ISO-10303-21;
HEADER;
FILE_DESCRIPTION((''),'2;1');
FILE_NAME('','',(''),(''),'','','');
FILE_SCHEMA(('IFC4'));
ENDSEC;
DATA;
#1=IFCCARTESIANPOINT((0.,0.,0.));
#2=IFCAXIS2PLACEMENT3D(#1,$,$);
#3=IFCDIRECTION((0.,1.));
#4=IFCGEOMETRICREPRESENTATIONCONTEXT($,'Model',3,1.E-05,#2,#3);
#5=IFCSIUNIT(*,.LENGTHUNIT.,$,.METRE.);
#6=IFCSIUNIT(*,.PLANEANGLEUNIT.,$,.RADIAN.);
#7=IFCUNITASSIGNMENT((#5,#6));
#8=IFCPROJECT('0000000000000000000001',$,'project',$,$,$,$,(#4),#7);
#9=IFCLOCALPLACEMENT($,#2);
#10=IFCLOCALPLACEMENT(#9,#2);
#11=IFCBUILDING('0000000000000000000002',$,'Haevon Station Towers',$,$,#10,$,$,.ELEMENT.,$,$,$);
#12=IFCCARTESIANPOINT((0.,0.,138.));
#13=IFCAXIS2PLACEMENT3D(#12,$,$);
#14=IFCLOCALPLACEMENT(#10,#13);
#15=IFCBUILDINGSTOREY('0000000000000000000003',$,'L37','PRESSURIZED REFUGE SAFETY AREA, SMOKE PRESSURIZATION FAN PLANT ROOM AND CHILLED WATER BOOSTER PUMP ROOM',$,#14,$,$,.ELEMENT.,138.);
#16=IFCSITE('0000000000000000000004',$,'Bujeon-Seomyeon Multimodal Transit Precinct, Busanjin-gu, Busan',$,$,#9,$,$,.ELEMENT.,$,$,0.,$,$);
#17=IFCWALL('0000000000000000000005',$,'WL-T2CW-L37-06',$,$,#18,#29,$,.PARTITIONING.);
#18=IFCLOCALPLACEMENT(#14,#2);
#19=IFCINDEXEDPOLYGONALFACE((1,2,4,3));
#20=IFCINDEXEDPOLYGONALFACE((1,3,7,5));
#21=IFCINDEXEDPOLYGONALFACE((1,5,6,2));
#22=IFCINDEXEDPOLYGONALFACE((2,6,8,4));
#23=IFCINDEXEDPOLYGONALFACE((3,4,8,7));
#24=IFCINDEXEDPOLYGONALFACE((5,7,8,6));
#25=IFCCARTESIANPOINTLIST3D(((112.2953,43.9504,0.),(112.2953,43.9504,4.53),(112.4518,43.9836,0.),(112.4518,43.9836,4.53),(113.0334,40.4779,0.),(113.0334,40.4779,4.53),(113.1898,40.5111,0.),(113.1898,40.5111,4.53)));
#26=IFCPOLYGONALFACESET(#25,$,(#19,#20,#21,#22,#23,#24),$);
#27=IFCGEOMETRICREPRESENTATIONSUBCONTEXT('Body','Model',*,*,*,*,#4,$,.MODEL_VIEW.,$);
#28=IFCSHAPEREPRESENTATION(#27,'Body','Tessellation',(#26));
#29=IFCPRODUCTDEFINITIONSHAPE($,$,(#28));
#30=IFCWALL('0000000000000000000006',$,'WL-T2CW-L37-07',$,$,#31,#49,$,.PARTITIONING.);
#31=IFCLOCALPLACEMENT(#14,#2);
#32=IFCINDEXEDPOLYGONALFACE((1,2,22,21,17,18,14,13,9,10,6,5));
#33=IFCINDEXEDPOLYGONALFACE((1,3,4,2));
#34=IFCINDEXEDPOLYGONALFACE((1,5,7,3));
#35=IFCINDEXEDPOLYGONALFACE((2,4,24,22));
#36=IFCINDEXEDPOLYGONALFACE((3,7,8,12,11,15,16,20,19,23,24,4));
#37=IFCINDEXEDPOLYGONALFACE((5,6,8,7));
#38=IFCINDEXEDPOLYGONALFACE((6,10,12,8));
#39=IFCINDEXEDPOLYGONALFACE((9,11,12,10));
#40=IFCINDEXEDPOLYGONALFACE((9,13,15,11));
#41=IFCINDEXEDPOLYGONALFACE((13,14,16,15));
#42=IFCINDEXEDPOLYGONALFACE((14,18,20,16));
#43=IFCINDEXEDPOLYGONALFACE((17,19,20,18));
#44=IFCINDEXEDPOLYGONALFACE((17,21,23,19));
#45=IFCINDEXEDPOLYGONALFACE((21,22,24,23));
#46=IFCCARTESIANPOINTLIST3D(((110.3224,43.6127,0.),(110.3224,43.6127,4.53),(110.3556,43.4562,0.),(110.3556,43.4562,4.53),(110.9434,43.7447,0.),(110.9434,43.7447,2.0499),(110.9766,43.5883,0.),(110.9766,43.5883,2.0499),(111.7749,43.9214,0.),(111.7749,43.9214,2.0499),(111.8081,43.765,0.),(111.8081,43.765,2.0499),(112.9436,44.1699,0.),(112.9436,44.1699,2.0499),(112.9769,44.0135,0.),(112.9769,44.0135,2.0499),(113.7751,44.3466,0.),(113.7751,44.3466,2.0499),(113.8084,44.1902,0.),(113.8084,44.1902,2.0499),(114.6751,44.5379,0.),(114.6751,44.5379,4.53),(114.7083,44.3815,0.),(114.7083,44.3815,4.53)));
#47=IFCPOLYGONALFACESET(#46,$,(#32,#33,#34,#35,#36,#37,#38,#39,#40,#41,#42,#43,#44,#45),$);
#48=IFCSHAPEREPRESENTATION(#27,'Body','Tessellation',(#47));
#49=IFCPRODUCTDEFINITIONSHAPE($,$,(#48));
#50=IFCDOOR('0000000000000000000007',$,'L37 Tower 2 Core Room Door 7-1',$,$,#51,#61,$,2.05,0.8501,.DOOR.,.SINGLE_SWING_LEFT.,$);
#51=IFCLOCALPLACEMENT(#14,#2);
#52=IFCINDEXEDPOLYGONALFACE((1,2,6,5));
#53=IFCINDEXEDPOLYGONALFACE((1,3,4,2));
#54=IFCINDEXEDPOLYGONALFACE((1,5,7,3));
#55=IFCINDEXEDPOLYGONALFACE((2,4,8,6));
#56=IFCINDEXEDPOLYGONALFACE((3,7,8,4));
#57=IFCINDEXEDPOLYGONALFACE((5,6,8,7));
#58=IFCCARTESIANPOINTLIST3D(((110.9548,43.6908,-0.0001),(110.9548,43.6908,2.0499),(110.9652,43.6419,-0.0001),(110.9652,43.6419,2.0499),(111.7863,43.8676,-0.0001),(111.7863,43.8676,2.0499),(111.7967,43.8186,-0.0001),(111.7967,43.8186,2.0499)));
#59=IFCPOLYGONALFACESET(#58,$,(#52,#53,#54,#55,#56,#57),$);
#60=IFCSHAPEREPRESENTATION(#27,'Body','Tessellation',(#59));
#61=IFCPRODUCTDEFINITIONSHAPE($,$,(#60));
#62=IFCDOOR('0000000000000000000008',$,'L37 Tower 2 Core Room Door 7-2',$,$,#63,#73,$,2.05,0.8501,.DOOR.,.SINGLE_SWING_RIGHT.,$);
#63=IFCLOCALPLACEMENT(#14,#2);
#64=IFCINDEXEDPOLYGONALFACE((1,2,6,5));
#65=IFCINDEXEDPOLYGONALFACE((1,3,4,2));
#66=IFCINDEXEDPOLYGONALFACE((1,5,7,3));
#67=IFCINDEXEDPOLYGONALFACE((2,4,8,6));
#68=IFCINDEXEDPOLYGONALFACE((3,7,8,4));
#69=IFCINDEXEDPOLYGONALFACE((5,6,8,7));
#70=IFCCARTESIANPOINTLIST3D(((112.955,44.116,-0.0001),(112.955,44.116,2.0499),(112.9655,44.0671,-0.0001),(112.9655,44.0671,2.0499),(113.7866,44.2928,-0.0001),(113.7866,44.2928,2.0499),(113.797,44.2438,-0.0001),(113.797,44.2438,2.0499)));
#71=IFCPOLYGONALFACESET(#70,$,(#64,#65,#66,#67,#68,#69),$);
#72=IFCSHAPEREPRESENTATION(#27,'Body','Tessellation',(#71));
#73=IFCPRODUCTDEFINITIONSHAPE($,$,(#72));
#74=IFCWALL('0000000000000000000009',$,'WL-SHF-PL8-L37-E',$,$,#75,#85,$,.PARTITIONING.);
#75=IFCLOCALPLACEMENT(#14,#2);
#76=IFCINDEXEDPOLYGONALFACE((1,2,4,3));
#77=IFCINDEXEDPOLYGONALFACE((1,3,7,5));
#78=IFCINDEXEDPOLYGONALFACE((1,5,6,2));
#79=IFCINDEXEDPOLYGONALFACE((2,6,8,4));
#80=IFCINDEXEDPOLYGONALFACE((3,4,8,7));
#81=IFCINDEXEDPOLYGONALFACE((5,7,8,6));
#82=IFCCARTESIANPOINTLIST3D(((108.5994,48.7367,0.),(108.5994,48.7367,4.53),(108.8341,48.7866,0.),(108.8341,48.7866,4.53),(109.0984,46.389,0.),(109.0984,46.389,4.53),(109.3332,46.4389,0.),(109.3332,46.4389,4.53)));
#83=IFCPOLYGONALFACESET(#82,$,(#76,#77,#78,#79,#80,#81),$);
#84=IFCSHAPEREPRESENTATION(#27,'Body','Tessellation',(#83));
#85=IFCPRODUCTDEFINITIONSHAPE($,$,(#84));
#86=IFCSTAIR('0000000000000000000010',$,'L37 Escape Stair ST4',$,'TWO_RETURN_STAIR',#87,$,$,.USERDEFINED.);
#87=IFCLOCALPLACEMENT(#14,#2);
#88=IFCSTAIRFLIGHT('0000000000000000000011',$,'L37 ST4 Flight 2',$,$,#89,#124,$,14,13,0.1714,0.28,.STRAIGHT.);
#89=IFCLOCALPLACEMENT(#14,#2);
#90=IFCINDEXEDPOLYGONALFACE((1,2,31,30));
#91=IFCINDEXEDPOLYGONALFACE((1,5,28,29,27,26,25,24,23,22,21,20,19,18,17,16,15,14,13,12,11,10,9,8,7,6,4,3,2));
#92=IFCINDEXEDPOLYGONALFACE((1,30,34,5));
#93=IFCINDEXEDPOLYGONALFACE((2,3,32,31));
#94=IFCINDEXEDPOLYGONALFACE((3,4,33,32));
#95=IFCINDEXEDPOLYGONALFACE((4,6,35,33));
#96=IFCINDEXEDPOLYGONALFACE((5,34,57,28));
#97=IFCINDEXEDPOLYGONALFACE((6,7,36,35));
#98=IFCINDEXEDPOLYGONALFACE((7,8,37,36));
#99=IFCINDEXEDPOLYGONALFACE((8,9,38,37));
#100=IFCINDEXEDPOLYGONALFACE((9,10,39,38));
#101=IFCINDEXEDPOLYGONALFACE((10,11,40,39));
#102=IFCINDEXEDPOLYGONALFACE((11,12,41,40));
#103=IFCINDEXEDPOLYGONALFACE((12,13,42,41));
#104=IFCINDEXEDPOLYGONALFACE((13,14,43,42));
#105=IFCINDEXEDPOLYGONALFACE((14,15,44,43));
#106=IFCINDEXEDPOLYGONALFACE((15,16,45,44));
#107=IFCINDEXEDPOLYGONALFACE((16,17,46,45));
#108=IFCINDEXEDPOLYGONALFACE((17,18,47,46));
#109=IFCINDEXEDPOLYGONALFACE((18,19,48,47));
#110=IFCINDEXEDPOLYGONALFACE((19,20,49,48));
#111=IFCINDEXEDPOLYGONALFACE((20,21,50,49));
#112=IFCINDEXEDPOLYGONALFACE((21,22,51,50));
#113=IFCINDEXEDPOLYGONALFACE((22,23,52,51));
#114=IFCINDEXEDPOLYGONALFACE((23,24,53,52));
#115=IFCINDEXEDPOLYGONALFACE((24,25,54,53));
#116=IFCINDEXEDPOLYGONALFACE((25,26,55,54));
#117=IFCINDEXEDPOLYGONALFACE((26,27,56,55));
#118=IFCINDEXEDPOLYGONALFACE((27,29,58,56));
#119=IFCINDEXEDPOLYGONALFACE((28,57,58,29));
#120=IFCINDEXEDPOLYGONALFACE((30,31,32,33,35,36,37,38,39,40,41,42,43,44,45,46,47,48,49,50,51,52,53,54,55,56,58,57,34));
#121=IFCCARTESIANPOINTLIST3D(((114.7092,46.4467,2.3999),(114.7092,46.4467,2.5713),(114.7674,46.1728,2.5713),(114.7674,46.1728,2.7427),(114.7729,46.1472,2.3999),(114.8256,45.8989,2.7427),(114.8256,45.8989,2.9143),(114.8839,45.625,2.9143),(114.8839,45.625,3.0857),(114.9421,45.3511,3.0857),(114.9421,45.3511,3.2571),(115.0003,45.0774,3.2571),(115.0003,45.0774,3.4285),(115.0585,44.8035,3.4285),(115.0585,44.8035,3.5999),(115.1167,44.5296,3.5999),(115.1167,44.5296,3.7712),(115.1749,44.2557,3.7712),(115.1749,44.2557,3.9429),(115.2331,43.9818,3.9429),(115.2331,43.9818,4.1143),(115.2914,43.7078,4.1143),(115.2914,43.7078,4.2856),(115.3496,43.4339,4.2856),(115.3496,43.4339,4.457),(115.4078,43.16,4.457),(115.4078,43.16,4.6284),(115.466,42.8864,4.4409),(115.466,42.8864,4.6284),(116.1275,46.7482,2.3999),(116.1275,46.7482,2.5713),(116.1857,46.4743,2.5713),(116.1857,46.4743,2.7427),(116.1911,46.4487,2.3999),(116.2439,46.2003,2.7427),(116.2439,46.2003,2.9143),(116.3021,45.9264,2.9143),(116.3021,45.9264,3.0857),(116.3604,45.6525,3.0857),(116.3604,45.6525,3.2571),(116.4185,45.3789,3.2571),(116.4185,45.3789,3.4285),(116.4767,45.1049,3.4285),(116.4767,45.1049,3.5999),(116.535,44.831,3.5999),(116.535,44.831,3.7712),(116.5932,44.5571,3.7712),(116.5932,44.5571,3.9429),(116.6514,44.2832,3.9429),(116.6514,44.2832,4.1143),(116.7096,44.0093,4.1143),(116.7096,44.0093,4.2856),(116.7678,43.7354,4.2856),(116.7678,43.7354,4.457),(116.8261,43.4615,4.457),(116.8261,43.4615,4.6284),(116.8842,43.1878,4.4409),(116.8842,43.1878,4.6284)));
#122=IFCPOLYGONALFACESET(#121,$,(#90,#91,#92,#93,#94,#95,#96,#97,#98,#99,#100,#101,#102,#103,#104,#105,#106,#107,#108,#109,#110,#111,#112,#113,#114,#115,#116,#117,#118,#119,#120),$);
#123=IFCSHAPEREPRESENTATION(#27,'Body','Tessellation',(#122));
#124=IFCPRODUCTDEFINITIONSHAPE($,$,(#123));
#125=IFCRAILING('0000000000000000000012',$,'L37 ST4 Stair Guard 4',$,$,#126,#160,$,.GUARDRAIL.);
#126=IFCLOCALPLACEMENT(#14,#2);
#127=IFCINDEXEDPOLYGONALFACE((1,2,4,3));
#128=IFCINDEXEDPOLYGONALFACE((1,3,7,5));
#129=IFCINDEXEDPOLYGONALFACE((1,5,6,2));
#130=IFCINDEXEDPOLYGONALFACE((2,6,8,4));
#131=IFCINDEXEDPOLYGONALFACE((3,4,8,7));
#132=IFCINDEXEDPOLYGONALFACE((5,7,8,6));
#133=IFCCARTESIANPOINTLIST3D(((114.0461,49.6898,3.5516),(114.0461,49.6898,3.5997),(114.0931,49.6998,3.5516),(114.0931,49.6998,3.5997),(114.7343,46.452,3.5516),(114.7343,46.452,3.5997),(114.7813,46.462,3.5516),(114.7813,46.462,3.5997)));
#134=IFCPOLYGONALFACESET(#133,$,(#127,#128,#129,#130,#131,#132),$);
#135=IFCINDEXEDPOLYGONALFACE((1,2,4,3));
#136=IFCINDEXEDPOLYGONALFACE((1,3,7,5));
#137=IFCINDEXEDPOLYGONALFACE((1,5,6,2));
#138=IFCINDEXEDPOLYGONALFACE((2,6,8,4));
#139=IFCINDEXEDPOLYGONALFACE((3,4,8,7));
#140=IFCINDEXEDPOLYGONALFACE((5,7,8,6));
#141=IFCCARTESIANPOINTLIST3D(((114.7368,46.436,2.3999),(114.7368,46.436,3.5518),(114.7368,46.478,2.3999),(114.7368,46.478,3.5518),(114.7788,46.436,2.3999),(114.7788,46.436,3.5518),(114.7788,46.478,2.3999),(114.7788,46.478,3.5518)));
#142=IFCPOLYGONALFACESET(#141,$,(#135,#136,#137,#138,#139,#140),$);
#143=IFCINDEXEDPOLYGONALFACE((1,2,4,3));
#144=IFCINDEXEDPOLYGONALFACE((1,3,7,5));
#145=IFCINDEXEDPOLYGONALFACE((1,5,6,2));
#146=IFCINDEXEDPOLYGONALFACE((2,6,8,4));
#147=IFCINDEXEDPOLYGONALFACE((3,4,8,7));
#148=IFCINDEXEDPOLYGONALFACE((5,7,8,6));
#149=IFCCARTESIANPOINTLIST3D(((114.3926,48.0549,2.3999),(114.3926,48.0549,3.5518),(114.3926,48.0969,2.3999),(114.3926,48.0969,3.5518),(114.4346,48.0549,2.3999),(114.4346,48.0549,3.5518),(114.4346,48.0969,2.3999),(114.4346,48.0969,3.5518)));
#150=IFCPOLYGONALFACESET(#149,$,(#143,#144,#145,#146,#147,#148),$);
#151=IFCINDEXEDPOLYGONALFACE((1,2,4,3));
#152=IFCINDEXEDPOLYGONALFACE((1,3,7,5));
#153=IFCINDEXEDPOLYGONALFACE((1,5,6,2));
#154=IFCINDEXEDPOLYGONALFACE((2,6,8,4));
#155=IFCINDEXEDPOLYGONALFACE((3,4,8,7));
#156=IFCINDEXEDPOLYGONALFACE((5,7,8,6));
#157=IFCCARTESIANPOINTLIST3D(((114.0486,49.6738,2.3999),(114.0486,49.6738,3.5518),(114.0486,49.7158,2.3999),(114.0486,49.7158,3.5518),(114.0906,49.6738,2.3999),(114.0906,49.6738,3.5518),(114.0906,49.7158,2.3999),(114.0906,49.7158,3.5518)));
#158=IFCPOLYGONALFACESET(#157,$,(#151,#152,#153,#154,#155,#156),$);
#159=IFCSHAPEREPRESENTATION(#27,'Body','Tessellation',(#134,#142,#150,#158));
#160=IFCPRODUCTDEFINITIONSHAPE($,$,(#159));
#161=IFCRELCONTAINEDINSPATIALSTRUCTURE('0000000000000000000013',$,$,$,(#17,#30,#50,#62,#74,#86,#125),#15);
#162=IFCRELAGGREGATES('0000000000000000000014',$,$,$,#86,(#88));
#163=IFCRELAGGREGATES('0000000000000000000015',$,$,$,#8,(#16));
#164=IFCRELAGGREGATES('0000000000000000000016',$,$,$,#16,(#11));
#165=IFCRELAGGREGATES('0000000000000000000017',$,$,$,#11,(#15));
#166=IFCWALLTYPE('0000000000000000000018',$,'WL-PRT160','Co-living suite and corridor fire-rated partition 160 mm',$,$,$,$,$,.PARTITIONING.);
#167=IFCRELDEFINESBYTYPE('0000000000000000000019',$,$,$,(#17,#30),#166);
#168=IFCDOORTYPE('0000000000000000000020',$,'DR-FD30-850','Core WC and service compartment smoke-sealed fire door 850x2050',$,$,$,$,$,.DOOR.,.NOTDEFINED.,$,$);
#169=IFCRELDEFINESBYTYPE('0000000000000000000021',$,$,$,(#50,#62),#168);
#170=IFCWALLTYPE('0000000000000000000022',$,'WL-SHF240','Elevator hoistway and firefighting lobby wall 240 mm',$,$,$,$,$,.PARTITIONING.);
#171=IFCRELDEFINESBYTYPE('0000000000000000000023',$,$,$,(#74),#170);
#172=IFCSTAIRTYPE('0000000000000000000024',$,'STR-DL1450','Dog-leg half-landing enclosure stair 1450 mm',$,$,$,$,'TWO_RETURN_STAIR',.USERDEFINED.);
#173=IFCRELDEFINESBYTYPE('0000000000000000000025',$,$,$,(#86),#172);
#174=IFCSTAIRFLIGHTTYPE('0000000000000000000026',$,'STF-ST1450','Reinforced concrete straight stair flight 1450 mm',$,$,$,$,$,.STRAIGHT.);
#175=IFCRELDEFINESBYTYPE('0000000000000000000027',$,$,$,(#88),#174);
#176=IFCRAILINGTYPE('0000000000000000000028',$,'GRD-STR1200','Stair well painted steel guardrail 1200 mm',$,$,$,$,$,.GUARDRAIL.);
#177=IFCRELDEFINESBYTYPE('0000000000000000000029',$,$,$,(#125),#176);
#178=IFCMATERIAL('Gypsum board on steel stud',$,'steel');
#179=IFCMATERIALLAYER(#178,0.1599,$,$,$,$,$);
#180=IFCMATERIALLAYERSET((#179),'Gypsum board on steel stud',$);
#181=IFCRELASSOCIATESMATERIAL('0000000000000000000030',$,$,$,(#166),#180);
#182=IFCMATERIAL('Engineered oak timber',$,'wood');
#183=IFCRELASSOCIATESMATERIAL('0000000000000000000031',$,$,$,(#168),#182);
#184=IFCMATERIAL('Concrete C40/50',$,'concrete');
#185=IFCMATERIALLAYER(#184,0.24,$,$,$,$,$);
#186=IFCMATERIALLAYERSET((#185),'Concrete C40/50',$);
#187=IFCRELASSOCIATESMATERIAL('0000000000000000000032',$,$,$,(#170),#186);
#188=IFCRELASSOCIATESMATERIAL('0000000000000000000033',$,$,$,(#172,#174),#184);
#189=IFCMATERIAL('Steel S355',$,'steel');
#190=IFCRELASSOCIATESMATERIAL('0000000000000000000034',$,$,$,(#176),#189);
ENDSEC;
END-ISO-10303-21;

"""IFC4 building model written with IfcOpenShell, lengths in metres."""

from ifc_helpers import new_model, si_unit, direction, frame, frame_2d, origin, origin_2d, place, context, subcontext, project, spatial, polyline, rectangle, outline, extrude, material, layer, layer_set, type_object, element, fill, aggregate, save


model = new_model("IFC4")

# Units and contexts
model_context = context("Model", 3, precision=1e-05, world=origin(), true_north=direction((0.0, 1.0)))
body_context = subcontext(model_context, "Body", "Model", "MODEL_VIEW")
ifc_project = project(units=[si_unit("LENGTHUNIT", "METRE"), si_unit("PLANEANGLEUNIT", "RADIAN")], contexts=[model_context])

# Site, building, storey
site_placement = place(None, origin())
site = spatial("IfcSite", under=ifc_project, at=site_placement, Name="Bujeon-Seomyeon Multimodal Transit Precinct, Busanjin-gu, Busan", CompositionType="ELEMENT", RefElevation=0.0)
building_placement = place(site_placement, origin())
building = spatial("IfcBuilding", under=site, at=building_placement, Name="Haevon Station Towers", CompositionType="ELEMENT")
storey_placement = place(building_placement, frame((0.0, 0.0, 138.0)))
storey = spatial("IfcBuildingStorey", under=building, at=storey_placement, Name="L37", Description="PRESSURIZED REFUGE SAFETY AREA, SMOKE PRESSURIZATION FAN PLANT ROOM AND CHILLED WATER BOOSTER PUMP ROOM", CompositionType="ELEMENT", Elevation=138.0)

# Shared definitions
ifc_material_1 = material(Name="Steel S355", Category="steel")

# Shared definitions
ifc_material_2 = material(Name="Gypsum board on steel stud", Category="steel")
ifc_material_3 = material(Name="Engineered oak timber", Category="wood")

# Wall
ifc_layer_1 = layer(ifc_material_2, 0.1599)
ifc_layer_set_1 = layer_set([ifc_layer_1], Name="Gypsum board on steel stud")
wall_type_1 = type_object("IfcWallType", Name="WL-PRT160", Description="Co-living suite and corridor fire-rated partition 160 mm", PredefinedType="PARTITIONING", material=ifc_layer_set_1)
for number, where, z_axis, x_axis, name in (
    (1, (113.1116, 40.4946, 0.0), (0.0, 0.0, 1.0), (-0.207899, 0.97815, 0.0), "WL-T2CW-L37-06"),
):
    element("IfcWall", number, at=place(storey_placement, frame(where, z_axis=z_axis, x_axis=x_axis)), inside=storey, type_object=wall_type_1, Name=name, PredefinedType="PARTITIONING", context=body_context, shape_type="SweptSolid", body=[
        extrude(rectangle(XDim=3.55, YDim=0.1599, at=frame_2d((1.7749, 0.0))), origin(), (0.0, 0.0, 1.0), 4.53),
    ])

# Wall, openings, doors
wall_1_placement = place(storey_placement, frame((110.3389, 43.5344, 0.0), z_axis=(0.0, 0.0, 1.0), x_axis=(0.978144, 0.207929, 0.0)))
wall_1 = element("IfcWall", 2, at=wall_1_placement, inside=storey, type_object=wall_type_1, Name="WL-T2CW-L37-07", PredefinedType="PARTITIONING", context=body_context, shape_type="SweptSolid", body=[
    extrude(rectangle(XDim=4.45, YDim=0.1599, at=frame_2d((2.2251, 0.0))), origin(), (0.0, 0.0, 1.0), 4.53),
])
opening_1_placement = place(wall_1_placement, frame((0.635, 0.0, 0.0)))
opening_1 = element("IfcOpeningElement", 3, at=opening_1_placement, cuts=wall_1, PredefinedType="OPENING", context=body_context, shape_type="SweptSolid", body=[
    extrude(rectangle(XDim=0.8501, YDim=2.05, at=frame_2d((0.425, 1.0249))), frame((0.0, 0.0898, 0.0), z_axis=(0.0, -1.0, 0.0), x_axis=(1.0, 0.0, 0.0)), (0.0, 0.0, 1.0), 0.1799),
])
opening_2_placement = place(wall_1_placement, frame((2.6799, 0.0, 0.0)))
opening_2 = element("IfcOpeningElement", 4, at=opening_2_placement, cuts=wall_1, PredefinedType="OPENING", context=body_context, shape_type="SweptSolid", body=[
    extrude(rectangle(XDim=0.8501, YDim=2.05, at=frame_2d((0.425, 1.0249))), frame((0.0, 0.0898, 0.0), z_axis=(0.0, -1.0, 0.0), x_axis=(1.0, 0.0, 0.0)), (0.0, 0.0, 1.0), 0.1799),
])
door_type_1 = type_object("IfcDoorType", Name="DR-FD30-850", Description="Core WC and service compartment smoke-sealed fire door 850x2050", OperationType="NOTDEFINED", PredefinedType="DOOR", material=ifc_material_3)
door_1_placement = place(opening_1_placement, origin())
door_1 = element("IfcDoor", 5, at=door_1_placement, inside=storey, type_object=door_type_1, Name="L37 Tower 2 Core Room Door 7-1", OperationType="SINGLE_SWING_LEFT", OverallHeight=2.05, OverallWidth=0.8501, PredefinedType="DOOR", context=body_context, shape_type="SweptSolid", body=[
    extrude(rectangle(XDim=0.8501, YDim=2.05, at=frame_2d((0.425, 1.0249))), frame((0.0, 0.0249, 0.0), z_axis=(0.0, -1.0, 0.0), x_axis=(1.0, 0.0, 0.0)), (0.0, 0.0, 1.0), 0.05),
])
fill(opening_1, door_1)
door_2_placement = place(opening_2_placement, origin())
door_2 = element("IfcDoor", 6, at=door_2_placement, inside=storey, type_object=door_type_1, Name="L37 Tower 2 Core Room Door 7-2", OperationType="SINGLE_SWING_RIGHT", OverallHeight=2.05, OverallWidth=0.8501, PredefinedType="DOOR", context=body_context, shape_type="SweptSolid", body=[
    extrude(rectangle(XDim=0.8501, YDim=2.05, at=frame_2d((0.425, 1.0249))), frame((0.0, 0.0249, 0.0), z_axis=(0.0, -1.0, 0.0), x_axis=(1.0, 0.0, 0.0)), (0.0, 0.0, 1.0), 0.05),
])
fill(opening_2, door_2)

# Wall
ifc_material_4 = material(Name="Concrete C40/50", Category="concrete")
ifc_layer_2 = layer(ifc_material_4, 0.24)
ifc_layer_set_2 = layer_set([ifc_layer_2], Name="Concrete C40/50")
wall_type_2 = type_object("IfcWallType", Name="WL-SHF240", Description="Elevator hoistway and firefighting lobby wall 240 mm", PredefinedType="PARTITIONING", material=ifc_layer_set_2)
wall_2_placement = place(storey_placement, frame((109.2158, 46.4138, 0.0), z_axis=(0.0, 0.0, 1.0), x_axis=(-0.207917, 0.978146, 0.0)))
element("IfcWall", 7, at=wall_2_placement, inside=storey, type_object=wall_type_2, Name="WL-SHF-PL8-L37-E", PredefinedType="PARTITIONING", context=body_context, shape_type="SweptSolid", body=[
    extrude(rectangle(XDim=2.4001, YDim=0.24, at=frame_2d((1.2002, 0.0))), origin(), (0.0, 0.0, 1.0), 4.53),
])

# Stair, stair flight
stair_type = type_object("IfcStairType", Name="STR-DL1450", Description="Dog-leg half-landing enclosure stair 1450 mm", ElementType="TWO_RETURN_STAIR", PredefinedType="USERDEFINED", material=ifc_material_4)
stair_placement = place(storey_placement, origin())
stair = element("IfcStair", 8, at=stair_placement, inside=storey, type_object=stair_type, Name="L37 Escape Stair ST4", ObjectType="TWO_RETURN_STAIR", PredefinedType="USERDEFINED")
stair_flight_type = type_object("IfcStairFlightType", Name="STF-ST1450", Description="Reinforced concrete straight stair flight 1450 mm", PredefinedType="STRAIGHT", material=ifc_material_4)
stair_flight_placement = place(storey_placement, frame((115.4182, 46.5974, 2.3999), z_axis=(0.0, 0.0, 1.0), x_axis=(0.207912, -0.978148, 0.0)))
stair_flight = element("IfcStairFlight", 9, at=stair_flight_placement, type_object=stair_flight_type, Name="L37 ST4 Flight 2", NumberOfRisers=14, NumberOfTreads=13, PredefinedType="STRAIGHT", RiserHeight=0.1714, TreadLength=0.28, context=body_context, shape_type="SweptSolid", body=[
    extrude(outline(polyline([(0.0, 0.0), (0.0, 0.1714), (0.28, 0.1714), (0.28, 0.3428), (0.5601, 0.3428), (0.5601, 0.5144), (0.8401, 0.5144), (0.8401, 0.6858), (1.1201, 0.6858), (1.1201, 0.8572), (1.3999, 0.8572), (1.3999, 1.0286), (1.6799, 1.0286), (1.6799, 1.2), (1.96, 1.2), (1.96, 1.3713), (2.24, 1.3713), (2.24, 1.543), (2.52, 1.543), (2.52, 1.7144), (2.8, 1.7144), (2.8, 1.8857), (3.0801, 1.8857), (3.0801, 2.0571), (3.3601, 2.0571), (3.3601, 2.2285), (3.6399, 2.2285), (3.6399, 2.3999), (3.6399, 2.041), (0.3062, 0.0), (0.0, 0.0)])), frame((0.0, 0.7251, 0.0), z_axis=(0.0, -1.0, 0.0), x_axis=(1.0, 0.0, 0.0)), (0.0, 0.0, 1.0), 1.45),
])
aggregate(stair, [stair_flight])

# Railing
railing_type_1 = type_object("IfcRailingType", Name="GRD-STR1200", Description="Stair well painted steel guardrail 1200 mm", PredefinedType="GUARDRAIL", material=ifc_material_1)
railing_1_placement = place(storey_placement, frame((114.7578, 46.457, 2.3999)))
element("IfcRailing", 10, at=railing_1_placement, inside=storey, type_object=railing_type_1, Name="L37 ST4 Stair Guard 4", PredefinedType="GUARDRAIL", context=body_context, shape_type="SweptSolid", body=[
    extrude(rectangle(XDim=0.0481, YDim=0.0481, at=origin_2d()), frame((0.0, 0.0, 1.1758), z_axis=(-0.207917, 0.978146, 0.0), x_axis=(-0.978146, -0.207917, 0.0)), (0.0, 0.0, 1.0), 3.3101),
    extrude(rectangle(XDim=0.042, YDim=0.042, at=origin_2d()), origin(), (0.0, 0.0, 1.0), 1.1519),
    extrude(rectangle(XDim=0.042, YDim=0.042, at=origin_2d()), frame((-0.3442, 1.6189, 0.0)), (0.0, 0.0, 1.0), 1.1519),
    extrude(rectangle(XDim=0.042, YDim=0.042, at=origin_2d()), frame((-0.6882, 3.2378, 0.0)), (0.0, 0.0, 1.0), 1.1519),
])

save(model, "model.ifc")
